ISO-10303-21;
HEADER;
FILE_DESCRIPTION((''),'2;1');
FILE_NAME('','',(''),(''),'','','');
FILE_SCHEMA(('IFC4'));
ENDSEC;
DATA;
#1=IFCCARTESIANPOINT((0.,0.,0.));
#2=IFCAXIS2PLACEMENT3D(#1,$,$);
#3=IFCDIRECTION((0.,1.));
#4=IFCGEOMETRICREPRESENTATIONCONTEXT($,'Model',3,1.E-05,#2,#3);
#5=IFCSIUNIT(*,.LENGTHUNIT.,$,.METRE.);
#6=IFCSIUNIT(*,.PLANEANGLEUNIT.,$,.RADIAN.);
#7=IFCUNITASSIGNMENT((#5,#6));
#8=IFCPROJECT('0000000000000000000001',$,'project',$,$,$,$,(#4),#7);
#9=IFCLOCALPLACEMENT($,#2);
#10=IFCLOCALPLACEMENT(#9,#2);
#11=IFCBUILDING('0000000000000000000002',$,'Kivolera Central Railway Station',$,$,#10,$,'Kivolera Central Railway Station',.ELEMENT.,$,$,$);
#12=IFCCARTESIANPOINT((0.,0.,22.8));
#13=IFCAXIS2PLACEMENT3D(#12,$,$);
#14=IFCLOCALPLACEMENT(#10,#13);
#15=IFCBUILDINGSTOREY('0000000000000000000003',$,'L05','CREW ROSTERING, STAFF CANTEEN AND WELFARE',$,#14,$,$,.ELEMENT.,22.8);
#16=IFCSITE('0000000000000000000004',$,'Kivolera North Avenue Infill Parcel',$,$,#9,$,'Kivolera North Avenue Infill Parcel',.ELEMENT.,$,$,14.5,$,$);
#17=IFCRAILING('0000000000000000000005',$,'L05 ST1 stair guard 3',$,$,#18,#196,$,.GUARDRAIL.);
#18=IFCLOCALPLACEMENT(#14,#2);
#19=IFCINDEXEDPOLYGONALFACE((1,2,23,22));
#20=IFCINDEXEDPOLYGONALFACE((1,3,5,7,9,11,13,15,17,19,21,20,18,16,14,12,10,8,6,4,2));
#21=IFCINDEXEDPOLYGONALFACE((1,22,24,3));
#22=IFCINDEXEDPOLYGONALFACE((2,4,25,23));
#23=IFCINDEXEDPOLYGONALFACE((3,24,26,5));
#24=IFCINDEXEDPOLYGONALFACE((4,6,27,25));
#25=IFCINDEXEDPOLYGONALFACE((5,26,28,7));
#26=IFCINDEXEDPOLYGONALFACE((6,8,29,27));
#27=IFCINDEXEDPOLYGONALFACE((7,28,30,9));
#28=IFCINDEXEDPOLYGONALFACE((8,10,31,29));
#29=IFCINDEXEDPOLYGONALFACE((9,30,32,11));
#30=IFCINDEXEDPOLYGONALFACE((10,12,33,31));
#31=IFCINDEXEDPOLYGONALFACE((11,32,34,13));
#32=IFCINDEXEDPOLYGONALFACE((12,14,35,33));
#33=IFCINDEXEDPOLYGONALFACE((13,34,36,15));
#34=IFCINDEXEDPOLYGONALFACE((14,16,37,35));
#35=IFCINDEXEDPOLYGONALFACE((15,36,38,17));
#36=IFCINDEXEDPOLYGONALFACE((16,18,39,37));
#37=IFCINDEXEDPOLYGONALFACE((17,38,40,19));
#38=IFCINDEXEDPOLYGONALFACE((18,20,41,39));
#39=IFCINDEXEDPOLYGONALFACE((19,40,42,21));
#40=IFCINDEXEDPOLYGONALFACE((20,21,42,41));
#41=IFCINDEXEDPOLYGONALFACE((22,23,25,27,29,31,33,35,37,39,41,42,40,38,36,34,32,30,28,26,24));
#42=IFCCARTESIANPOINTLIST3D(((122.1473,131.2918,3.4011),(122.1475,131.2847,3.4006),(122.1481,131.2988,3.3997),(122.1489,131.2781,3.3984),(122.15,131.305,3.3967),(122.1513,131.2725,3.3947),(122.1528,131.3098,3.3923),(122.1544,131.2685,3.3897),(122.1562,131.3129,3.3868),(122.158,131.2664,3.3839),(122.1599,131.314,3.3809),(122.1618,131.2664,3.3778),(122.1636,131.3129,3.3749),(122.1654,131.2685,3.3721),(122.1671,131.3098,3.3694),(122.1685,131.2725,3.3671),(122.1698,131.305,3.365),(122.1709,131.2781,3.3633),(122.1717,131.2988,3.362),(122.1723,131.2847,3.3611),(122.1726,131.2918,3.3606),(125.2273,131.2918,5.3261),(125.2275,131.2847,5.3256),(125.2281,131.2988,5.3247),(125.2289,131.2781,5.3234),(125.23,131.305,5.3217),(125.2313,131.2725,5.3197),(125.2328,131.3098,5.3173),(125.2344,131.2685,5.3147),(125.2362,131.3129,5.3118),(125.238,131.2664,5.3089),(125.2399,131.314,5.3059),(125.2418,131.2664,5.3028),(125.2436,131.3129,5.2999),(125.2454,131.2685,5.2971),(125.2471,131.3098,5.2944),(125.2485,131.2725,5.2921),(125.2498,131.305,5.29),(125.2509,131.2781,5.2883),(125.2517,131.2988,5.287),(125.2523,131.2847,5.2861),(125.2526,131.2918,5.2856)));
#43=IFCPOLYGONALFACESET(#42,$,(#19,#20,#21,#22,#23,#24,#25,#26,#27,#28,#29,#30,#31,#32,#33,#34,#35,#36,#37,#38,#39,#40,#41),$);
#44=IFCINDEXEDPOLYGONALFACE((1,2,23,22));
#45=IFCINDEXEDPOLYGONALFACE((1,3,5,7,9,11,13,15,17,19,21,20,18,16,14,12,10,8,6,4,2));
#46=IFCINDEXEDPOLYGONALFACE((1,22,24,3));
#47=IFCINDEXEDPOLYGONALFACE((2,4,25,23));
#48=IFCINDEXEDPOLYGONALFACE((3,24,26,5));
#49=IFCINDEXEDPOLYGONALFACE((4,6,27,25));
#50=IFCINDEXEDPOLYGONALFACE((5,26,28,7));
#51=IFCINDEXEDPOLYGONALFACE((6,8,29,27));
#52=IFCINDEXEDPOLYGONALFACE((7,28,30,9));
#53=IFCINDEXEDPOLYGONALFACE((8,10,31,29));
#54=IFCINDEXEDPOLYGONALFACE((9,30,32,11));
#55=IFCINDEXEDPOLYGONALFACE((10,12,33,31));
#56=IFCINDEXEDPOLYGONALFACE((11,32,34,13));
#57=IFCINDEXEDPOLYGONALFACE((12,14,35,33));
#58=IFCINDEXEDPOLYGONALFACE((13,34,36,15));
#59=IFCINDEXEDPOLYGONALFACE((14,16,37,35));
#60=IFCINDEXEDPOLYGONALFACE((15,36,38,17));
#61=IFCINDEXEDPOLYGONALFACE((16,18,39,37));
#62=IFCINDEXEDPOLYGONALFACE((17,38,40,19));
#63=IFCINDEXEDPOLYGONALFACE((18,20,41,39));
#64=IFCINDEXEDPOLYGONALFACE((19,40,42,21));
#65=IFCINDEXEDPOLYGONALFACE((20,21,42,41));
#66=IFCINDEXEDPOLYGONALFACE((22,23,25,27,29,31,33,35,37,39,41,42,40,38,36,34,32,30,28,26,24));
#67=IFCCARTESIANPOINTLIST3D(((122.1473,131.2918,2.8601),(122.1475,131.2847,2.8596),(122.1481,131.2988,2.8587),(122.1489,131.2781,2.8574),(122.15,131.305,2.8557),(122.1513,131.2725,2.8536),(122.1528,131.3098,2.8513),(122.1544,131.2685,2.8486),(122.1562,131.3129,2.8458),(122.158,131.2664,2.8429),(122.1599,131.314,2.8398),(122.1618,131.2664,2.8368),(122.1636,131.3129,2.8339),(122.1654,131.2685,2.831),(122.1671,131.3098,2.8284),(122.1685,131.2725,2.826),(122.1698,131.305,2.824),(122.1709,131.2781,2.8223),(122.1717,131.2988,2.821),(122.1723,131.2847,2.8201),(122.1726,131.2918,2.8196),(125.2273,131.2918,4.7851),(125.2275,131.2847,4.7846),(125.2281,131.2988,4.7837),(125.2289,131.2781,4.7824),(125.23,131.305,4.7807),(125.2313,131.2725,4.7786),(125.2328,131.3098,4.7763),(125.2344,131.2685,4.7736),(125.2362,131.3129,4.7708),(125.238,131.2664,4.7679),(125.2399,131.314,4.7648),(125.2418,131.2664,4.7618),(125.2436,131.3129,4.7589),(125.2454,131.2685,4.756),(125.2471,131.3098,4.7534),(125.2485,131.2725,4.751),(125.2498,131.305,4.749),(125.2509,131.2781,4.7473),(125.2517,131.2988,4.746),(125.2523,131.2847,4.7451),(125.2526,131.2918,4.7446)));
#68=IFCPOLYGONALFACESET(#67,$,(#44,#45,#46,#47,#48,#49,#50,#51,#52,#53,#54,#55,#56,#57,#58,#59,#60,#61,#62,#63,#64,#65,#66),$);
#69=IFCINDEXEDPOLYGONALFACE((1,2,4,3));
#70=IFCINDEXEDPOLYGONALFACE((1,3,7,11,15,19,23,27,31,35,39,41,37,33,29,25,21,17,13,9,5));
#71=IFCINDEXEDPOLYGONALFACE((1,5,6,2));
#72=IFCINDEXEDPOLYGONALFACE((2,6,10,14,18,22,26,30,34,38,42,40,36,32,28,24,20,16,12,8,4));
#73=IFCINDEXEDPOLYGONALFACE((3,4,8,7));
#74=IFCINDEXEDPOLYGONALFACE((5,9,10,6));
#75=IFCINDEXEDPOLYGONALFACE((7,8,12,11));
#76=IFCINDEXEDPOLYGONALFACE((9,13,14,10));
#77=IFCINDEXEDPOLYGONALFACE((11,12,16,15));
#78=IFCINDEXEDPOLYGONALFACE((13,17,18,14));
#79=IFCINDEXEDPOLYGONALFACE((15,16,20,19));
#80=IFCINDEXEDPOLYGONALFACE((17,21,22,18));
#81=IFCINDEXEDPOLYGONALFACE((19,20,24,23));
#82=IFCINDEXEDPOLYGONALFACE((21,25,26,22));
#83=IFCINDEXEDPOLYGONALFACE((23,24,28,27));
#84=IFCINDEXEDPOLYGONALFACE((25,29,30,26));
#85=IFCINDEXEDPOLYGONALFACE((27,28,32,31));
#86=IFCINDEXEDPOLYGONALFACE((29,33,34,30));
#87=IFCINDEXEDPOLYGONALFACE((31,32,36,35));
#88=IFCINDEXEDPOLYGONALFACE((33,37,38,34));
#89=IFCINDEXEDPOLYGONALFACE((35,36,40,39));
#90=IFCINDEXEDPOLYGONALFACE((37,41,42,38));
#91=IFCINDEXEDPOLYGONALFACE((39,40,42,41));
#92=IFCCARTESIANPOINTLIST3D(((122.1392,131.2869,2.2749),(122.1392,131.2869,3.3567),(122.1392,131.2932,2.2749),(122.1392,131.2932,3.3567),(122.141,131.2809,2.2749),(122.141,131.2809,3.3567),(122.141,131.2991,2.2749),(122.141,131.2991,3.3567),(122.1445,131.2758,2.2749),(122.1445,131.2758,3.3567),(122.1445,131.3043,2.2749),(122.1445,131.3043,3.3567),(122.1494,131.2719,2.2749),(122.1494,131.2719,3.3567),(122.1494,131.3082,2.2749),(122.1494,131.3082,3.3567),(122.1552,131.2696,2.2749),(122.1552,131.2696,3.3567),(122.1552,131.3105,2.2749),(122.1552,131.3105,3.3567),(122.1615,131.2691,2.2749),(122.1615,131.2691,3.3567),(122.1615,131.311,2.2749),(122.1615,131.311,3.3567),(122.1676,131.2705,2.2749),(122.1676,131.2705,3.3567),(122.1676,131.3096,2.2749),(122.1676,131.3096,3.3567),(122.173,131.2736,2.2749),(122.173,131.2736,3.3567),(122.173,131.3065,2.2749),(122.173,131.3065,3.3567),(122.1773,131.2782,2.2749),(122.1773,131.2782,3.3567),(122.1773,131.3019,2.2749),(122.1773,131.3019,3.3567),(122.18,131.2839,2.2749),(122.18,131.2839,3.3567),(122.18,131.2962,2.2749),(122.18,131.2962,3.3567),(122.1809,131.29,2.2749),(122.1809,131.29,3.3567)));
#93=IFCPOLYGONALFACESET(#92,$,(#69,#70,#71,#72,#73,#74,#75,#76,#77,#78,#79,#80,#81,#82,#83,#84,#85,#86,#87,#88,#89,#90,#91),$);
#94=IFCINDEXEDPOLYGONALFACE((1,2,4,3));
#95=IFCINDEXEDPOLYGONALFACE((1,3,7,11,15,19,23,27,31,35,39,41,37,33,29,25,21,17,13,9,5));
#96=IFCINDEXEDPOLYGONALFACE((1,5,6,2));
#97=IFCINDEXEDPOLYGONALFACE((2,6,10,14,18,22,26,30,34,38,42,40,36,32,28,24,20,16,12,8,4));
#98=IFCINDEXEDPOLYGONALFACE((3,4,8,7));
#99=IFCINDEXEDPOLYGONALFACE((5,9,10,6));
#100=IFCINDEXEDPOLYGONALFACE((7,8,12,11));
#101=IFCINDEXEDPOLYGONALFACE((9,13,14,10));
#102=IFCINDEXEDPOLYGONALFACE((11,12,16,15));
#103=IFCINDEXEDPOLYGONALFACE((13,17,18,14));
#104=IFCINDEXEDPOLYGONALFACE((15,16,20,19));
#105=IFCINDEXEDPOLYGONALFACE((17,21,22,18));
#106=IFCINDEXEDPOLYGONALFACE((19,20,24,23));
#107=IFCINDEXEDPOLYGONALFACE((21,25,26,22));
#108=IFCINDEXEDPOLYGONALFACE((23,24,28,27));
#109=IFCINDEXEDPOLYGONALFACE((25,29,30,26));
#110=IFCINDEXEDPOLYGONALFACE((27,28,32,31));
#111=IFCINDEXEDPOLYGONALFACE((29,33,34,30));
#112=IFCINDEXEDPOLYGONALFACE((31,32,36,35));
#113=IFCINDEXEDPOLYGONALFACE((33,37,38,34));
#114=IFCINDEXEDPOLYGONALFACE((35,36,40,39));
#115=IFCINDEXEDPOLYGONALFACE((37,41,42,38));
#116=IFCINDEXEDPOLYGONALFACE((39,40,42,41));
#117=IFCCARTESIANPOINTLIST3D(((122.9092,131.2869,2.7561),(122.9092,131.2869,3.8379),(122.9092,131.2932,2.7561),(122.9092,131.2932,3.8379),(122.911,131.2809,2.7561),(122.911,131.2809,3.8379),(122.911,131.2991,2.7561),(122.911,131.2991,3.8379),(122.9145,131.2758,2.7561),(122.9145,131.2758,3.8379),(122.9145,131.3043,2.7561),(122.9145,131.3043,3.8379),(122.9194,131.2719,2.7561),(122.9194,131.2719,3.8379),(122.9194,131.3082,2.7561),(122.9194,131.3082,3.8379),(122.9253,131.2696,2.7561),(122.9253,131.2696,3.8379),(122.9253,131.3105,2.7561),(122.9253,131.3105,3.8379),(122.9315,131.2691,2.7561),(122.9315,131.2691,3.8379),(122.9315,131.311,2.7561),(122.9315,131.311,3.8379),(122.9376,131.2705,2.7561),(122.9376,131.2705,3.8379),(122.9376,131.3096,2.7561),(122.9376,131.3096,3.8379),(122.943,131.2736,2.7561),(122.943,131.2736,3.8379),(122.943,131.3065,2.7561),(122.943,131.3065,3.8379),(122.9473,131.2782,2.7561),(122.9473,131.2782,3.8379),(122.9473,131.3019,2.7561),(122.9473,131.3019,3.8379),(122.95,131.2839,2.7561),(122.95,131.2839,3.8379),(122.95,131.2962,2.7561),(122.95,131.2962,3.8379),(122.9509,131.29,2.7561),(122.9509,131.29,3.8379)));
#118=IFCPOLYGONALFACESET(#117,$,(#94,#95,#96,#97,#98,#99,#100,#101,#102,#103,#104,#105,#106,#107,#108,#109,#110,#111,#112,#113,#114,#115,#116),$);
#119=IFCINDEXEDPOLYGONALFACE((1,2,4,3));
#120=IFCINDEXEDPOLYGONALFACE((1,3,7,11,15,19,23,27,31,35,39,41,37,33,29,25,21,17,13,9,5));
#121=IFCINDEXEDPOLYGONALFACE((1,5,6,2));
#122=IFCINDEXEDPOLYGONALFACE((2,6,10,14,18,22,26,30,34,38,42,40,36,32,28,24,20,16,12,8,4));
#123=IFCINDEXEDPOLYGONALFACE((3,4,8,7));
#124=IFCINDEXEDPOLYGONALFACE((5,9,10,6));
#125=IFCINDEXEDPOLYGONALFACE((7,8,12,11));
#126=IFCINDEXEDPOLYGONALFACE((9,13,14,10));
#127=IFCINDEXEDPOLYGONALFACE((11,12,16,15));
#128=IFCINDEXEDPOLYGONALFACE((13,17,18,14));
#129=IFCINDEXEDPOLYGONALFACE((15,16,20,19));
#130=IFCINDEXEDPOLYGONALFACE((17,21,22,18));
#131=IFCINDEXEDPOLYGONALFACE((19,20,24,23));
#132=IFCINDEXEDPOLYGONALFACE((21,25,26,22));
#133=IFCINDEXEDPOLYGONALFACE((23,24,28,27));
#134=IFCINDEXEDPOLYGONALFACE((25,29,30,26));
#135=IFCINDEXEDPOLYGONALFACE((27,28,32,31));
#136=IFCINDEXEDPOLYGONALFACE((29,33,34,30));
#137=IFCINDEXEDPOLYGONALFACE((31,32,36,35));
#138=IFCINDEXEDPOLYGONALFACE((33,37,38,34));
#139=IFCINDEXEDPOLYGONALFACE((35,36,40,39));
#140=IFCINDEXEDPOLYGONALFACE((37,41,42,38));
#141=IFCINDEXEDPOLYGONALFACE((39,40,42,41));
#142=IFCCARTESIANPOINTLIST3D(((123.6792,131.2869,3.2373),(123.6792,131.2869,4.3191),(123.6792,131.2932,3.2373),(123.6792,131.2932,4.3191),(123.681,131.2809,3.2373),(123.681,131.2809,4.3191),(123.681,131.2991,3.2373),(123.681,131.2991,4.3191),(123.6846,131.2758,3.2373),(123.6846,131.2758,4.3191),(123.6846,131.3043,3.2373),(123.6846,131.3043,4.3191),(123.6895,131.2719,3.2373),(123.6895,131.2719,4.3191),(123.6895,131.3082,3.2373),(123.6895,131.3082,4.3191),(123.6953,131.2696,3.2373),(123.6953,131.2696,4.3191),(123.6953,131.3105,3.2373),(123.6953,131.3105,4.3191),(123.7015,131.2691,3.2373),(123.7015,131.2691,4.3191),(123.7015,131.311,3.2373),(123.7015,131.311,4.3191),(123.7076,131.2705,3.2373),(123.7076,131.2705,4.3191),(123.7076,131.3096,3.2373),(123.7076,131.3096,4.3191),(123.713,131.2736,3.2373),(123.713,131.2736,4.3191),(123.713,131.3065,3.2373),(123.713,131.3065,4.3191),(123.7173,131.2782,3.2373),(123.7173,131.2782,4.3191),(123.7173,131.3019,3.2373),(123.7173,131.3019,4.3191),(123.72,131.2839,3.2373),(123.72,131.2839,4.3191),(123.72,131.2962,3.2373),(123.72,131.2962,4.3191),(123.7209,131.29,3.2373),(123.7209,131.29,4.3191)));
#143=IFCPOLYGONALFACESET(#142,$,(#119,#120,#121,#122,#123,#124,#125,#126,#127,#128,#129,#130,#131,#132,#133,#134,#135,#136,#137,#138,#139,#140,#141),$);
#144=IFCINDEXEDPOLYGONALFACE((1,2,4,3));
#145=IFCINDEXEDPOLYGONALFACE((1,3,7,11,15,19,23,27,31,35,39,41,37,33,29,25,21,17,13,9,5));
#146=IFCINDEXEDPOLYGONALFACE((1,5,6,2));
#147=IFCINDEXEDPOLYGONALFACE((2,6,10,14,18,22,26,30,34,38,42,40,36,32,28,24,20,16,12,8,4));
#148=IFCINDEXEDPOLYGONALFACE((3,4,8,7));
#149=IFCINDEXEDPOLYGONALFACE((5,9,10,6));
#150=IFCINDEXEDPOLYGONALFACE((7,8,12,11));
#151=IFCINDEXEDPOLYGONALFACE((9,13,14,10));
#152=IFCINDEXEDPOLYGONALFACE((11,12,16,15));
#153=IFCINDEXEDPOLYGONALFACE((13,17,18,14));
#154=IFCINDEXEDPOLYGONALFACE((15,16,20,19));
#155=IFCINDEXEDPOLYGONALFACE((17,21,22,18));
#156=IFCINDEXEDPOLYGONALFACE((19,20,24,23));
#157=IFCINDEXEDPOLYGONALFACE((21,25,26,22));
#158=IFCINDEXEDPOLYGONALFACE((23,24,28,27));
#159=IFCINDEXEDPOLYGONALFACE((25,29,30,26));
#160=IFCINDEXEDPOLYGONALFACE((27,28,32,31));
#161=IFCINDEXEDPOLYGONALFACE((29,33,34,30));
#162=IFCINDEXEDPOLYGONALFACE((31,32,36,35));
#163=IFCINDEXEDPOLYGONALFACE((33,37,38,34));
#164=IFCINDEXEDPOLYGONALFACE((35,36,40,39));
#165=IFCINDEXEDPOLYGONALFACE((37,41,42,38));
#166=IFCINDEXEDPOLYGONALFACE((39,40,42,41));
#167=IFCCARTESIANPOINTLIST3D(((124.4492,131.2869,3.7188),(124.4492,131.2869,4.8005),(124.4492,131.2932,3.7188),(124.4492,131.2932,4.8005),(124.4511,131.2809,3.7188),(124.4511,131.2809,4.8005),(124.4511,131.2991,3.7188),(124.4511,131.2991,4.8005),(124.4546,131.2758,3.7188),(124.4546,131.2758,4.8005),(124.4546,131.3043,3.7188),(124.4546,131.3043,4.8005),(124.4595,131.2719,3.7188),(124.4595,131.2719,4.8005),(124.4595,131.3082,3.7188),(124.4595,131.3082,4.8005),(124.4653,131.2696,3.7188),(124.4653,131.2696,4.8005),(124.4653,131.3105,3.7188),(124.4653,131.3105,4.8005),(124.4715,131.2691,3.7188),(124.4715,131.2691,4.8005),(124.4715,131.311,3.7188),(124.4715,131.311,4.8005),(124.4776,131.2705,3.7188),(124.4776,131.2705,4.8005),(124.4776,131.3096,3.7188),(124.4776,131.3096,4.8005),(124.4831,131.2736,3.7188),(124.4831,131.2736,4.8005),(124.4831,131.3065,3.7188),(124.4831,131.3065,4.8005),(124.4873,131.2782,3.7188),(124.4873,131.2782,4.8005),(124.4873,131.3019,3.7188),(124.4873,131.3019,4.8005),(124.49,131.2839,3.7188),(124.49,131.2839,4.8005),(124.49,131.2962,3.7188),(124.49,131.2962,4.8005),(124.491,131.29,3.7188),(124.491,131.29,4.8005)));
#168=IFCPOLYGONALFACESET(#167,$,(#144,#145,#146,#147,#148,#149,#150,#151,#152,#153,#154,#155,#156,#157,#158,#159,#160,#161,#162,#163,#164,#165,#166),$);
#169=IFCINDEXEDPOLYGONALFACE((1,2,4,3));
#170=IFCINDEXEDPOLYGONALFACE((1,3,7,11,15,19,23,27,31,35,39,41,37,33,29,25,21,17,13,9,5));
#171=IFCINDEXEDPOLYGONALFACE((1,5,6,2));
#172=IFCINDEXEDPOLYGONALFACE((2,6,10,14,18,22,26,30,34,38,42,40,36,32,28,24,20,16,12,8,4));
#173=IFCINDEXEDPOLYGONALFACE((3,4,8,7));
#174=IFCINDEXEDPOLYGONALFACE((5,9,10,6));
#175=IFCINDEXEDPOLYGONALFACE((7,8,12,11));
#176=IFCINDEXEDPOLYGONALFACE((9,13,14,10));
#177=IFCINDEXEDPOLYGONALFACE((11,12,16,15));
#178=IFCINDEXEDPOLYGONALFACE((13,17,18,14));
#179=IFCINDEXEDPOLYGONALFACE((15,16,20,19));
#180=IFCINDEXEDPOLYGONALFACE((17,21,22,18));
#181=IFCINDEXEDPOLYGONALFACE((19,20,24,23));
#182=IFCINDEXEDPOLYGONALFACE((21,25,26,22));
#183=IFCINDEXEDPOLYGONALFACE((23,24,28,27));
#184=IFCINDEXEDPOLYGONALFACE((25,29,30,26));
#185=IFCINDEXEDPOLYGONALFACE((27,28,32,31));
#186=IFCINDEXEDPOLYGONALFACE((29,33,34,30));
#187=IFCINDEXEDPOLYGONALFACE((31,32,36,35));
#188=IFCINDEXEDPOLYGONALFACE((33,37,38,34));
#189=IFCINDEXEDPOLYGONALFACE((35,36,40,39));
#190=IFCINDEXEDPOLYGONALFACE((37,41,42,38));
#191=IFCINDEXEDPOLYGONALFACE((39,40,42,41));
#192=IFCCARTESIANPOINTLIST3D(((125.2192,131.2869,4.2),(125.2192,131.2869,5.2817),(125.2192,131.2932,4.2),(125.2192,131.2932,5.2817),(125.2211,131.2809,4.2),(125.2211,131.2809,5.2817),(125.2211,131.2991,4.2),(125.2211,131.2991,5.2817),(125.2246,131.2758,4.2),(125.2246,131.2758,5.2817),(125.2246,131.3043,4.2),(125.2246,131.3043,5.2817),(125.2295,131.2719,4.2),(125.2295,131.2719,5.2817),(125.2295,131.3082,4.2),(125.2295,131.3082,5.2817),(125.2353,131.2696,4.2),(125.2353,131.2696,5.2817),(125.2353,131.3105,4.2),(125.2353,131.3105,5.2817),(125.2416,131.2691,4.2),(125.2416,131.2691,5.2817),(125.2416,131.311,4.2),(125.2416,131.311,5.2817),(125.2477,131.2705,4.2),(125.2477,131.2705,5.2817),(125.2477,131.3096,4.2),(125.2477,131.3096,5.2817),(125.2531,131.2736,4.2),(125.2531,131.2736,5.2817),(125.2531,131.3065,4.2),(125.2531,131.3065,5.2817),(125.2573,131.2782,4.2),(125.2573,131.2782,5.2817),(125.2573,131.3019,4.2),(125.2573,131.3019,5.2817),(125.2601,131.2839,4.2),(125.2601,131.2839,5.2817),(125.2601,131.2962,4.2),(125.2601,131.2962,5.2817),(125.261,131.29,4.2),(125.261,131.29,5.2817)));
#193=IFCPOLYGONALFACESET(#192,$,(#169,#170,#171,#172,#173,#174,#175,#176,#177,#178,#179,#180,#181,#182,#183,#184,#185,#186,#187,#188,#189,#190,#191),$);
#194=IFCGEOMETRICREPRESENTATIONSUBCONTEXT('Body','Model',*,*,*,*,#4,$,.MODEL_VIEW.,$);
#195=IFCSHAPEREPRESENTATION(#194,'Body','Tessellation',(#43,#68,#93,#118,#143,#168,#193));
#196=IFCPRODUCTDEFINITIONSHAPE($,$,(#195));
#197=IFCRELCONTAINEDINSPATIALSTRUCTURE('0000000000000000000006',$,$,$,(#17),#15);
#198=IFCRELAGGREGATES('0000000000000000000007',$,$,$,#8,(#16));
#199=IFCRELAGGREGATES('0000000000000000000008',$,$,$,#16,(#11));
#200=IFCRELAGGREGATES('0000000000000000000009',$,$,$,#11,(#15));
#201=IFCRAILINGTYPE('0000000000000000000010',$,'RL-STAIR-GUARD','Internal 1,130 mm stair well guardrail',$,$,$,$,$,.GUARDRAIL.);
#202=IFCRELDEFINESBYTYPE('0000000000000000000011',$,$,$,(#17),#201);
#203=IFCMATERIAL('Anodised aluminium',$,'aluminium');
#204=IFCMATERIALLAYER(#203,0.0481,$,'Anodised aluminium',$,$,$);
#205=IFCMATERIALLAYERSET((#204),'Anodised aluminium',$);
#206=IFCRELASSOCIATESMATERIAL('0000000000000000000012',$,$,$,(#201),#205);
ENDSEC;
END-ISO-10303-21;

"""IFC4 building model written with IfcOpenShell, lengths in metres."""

from ifc_helpers import new_model, si_unit, direction, frame, origin, origin_2d, place, context, subcontext, project, spatial, circle, extrude, material, layer, layer_set, type_object, element, save


model = new_model("IFC4")

# Units and contexts
model_context = context("Model", 3, precision=1e-05, world=origin(), true_north=direction((0.0, 1.0)))
body_context = subcontext(model_context, "Body", "Model", "MODEL_VIEW")
ifc_project = project(units=[si_unit("LENGTHUNIT", "METRE"), si_unit("PLANEANGLEUNIT", "RADIAN")], contexts=[model_context])

# Site, building, storey
site_placement = place(None, origin())
site = spatial("IfcSite", under=ifc_project, at=site_placement, Name="Kivolera North Avenue Infill Parcel", LongName="Kivolera North Avenue Infill Parcel", CompositionType="ELEMENT", RefElevation=14.5)
building_placement = place(site_placement, origin())
building = spatial("IfcBuilding", under=site, at=building_placement, Name="Kivolera Central Railway Station", LongName="Kivolera Central Railway Station", CompositionType="ELEMENT")
storey_placement = place(building_placement, frame((0.0, 0.0, 22.8)))
storey = spatial("IfcBuildingStorey", under=building, at=storey_placement, Name="L05", Description="CREW ROSTERING, STAFF CANTEEN AND WELFARE", CompositionType="ELEMENT", Elevation=22.8)

# Shared definitions
ifc_material_1 = material(Name="Anodised aluminium", Category="aluminium")

# Railing
ifc_layer_1 = layer(ifc_material_1, 0.0481, Name="Anodised aluminium")
ifc_layer_set_1 = layer_set([ifc_layer_1], Name="Anodised aluminium")
railing_type_1 = type_object("IfcRailingType", Name="RL-STAIR-GUARD", Description="Internal 1,130 mm stair well guardrail", PredefinedType="GUARDRAIL", material=ifc_layer_set_1)
railing_1_placement = place(storey_placement, frame((122.1599, 131.29, 2.2749)))
element("IfcRailing", 1, at=railing_1_placement, inside=storey, type_object=railing_type_1, Name="L05 ST1 stair guard 3", PredefinedType="GUARDRAIL", context=body_context, shape_type="SweptSolid", body=[
    extrude(circle(Radius=0.0239, at=origin_2d()), frame((0.0, 0.0, 1.106), z_axis=(0.847998, 0.0, 0.529999), x_axis=(0.0, 1.0, 0.0)), (0.0, 0.0, 1.0), 3.6321),
    extrude(circle(Radius=0.0239, at=origin_2d()), frame((0.0, 0.0, 0.5649), z_axis=(0.847998, 0.0, 0.529999), x_axis=(0.0, 1.0, 0.0)), (0.0, 0.0, 1.0), 3.6321),
    extrude(circle(Radius=0.021, at=origin_2d()), origin(), (0.0, 0.0, 1.0), 1.0818),
    extrude(circle(Radius=0.021, at=origin_2d()), frame((0.77, 0.0, 0.4812)), (0.0, 0.0, 1.0), 1.0818),
    extrude(circle(Radius=0.021, at=origin_2d()), frame((1.54, 0.0, 0.9624)), (0.0, 0.0, 1.0), 1.0818),
    extrude(circle(Radius=0.021, at=origin_2d()), frame((2.3101, 0.0, 1.4438)), (0.0, 0.0, 1.0), 1.0818),
    extrude(circle(Radius=0.021, at=origin_2d()), frame((3.0801, 0.0, 1.925)), (0.0, 0.0, 1.0), 1.0818),
])

save(model, "model.ifc")
